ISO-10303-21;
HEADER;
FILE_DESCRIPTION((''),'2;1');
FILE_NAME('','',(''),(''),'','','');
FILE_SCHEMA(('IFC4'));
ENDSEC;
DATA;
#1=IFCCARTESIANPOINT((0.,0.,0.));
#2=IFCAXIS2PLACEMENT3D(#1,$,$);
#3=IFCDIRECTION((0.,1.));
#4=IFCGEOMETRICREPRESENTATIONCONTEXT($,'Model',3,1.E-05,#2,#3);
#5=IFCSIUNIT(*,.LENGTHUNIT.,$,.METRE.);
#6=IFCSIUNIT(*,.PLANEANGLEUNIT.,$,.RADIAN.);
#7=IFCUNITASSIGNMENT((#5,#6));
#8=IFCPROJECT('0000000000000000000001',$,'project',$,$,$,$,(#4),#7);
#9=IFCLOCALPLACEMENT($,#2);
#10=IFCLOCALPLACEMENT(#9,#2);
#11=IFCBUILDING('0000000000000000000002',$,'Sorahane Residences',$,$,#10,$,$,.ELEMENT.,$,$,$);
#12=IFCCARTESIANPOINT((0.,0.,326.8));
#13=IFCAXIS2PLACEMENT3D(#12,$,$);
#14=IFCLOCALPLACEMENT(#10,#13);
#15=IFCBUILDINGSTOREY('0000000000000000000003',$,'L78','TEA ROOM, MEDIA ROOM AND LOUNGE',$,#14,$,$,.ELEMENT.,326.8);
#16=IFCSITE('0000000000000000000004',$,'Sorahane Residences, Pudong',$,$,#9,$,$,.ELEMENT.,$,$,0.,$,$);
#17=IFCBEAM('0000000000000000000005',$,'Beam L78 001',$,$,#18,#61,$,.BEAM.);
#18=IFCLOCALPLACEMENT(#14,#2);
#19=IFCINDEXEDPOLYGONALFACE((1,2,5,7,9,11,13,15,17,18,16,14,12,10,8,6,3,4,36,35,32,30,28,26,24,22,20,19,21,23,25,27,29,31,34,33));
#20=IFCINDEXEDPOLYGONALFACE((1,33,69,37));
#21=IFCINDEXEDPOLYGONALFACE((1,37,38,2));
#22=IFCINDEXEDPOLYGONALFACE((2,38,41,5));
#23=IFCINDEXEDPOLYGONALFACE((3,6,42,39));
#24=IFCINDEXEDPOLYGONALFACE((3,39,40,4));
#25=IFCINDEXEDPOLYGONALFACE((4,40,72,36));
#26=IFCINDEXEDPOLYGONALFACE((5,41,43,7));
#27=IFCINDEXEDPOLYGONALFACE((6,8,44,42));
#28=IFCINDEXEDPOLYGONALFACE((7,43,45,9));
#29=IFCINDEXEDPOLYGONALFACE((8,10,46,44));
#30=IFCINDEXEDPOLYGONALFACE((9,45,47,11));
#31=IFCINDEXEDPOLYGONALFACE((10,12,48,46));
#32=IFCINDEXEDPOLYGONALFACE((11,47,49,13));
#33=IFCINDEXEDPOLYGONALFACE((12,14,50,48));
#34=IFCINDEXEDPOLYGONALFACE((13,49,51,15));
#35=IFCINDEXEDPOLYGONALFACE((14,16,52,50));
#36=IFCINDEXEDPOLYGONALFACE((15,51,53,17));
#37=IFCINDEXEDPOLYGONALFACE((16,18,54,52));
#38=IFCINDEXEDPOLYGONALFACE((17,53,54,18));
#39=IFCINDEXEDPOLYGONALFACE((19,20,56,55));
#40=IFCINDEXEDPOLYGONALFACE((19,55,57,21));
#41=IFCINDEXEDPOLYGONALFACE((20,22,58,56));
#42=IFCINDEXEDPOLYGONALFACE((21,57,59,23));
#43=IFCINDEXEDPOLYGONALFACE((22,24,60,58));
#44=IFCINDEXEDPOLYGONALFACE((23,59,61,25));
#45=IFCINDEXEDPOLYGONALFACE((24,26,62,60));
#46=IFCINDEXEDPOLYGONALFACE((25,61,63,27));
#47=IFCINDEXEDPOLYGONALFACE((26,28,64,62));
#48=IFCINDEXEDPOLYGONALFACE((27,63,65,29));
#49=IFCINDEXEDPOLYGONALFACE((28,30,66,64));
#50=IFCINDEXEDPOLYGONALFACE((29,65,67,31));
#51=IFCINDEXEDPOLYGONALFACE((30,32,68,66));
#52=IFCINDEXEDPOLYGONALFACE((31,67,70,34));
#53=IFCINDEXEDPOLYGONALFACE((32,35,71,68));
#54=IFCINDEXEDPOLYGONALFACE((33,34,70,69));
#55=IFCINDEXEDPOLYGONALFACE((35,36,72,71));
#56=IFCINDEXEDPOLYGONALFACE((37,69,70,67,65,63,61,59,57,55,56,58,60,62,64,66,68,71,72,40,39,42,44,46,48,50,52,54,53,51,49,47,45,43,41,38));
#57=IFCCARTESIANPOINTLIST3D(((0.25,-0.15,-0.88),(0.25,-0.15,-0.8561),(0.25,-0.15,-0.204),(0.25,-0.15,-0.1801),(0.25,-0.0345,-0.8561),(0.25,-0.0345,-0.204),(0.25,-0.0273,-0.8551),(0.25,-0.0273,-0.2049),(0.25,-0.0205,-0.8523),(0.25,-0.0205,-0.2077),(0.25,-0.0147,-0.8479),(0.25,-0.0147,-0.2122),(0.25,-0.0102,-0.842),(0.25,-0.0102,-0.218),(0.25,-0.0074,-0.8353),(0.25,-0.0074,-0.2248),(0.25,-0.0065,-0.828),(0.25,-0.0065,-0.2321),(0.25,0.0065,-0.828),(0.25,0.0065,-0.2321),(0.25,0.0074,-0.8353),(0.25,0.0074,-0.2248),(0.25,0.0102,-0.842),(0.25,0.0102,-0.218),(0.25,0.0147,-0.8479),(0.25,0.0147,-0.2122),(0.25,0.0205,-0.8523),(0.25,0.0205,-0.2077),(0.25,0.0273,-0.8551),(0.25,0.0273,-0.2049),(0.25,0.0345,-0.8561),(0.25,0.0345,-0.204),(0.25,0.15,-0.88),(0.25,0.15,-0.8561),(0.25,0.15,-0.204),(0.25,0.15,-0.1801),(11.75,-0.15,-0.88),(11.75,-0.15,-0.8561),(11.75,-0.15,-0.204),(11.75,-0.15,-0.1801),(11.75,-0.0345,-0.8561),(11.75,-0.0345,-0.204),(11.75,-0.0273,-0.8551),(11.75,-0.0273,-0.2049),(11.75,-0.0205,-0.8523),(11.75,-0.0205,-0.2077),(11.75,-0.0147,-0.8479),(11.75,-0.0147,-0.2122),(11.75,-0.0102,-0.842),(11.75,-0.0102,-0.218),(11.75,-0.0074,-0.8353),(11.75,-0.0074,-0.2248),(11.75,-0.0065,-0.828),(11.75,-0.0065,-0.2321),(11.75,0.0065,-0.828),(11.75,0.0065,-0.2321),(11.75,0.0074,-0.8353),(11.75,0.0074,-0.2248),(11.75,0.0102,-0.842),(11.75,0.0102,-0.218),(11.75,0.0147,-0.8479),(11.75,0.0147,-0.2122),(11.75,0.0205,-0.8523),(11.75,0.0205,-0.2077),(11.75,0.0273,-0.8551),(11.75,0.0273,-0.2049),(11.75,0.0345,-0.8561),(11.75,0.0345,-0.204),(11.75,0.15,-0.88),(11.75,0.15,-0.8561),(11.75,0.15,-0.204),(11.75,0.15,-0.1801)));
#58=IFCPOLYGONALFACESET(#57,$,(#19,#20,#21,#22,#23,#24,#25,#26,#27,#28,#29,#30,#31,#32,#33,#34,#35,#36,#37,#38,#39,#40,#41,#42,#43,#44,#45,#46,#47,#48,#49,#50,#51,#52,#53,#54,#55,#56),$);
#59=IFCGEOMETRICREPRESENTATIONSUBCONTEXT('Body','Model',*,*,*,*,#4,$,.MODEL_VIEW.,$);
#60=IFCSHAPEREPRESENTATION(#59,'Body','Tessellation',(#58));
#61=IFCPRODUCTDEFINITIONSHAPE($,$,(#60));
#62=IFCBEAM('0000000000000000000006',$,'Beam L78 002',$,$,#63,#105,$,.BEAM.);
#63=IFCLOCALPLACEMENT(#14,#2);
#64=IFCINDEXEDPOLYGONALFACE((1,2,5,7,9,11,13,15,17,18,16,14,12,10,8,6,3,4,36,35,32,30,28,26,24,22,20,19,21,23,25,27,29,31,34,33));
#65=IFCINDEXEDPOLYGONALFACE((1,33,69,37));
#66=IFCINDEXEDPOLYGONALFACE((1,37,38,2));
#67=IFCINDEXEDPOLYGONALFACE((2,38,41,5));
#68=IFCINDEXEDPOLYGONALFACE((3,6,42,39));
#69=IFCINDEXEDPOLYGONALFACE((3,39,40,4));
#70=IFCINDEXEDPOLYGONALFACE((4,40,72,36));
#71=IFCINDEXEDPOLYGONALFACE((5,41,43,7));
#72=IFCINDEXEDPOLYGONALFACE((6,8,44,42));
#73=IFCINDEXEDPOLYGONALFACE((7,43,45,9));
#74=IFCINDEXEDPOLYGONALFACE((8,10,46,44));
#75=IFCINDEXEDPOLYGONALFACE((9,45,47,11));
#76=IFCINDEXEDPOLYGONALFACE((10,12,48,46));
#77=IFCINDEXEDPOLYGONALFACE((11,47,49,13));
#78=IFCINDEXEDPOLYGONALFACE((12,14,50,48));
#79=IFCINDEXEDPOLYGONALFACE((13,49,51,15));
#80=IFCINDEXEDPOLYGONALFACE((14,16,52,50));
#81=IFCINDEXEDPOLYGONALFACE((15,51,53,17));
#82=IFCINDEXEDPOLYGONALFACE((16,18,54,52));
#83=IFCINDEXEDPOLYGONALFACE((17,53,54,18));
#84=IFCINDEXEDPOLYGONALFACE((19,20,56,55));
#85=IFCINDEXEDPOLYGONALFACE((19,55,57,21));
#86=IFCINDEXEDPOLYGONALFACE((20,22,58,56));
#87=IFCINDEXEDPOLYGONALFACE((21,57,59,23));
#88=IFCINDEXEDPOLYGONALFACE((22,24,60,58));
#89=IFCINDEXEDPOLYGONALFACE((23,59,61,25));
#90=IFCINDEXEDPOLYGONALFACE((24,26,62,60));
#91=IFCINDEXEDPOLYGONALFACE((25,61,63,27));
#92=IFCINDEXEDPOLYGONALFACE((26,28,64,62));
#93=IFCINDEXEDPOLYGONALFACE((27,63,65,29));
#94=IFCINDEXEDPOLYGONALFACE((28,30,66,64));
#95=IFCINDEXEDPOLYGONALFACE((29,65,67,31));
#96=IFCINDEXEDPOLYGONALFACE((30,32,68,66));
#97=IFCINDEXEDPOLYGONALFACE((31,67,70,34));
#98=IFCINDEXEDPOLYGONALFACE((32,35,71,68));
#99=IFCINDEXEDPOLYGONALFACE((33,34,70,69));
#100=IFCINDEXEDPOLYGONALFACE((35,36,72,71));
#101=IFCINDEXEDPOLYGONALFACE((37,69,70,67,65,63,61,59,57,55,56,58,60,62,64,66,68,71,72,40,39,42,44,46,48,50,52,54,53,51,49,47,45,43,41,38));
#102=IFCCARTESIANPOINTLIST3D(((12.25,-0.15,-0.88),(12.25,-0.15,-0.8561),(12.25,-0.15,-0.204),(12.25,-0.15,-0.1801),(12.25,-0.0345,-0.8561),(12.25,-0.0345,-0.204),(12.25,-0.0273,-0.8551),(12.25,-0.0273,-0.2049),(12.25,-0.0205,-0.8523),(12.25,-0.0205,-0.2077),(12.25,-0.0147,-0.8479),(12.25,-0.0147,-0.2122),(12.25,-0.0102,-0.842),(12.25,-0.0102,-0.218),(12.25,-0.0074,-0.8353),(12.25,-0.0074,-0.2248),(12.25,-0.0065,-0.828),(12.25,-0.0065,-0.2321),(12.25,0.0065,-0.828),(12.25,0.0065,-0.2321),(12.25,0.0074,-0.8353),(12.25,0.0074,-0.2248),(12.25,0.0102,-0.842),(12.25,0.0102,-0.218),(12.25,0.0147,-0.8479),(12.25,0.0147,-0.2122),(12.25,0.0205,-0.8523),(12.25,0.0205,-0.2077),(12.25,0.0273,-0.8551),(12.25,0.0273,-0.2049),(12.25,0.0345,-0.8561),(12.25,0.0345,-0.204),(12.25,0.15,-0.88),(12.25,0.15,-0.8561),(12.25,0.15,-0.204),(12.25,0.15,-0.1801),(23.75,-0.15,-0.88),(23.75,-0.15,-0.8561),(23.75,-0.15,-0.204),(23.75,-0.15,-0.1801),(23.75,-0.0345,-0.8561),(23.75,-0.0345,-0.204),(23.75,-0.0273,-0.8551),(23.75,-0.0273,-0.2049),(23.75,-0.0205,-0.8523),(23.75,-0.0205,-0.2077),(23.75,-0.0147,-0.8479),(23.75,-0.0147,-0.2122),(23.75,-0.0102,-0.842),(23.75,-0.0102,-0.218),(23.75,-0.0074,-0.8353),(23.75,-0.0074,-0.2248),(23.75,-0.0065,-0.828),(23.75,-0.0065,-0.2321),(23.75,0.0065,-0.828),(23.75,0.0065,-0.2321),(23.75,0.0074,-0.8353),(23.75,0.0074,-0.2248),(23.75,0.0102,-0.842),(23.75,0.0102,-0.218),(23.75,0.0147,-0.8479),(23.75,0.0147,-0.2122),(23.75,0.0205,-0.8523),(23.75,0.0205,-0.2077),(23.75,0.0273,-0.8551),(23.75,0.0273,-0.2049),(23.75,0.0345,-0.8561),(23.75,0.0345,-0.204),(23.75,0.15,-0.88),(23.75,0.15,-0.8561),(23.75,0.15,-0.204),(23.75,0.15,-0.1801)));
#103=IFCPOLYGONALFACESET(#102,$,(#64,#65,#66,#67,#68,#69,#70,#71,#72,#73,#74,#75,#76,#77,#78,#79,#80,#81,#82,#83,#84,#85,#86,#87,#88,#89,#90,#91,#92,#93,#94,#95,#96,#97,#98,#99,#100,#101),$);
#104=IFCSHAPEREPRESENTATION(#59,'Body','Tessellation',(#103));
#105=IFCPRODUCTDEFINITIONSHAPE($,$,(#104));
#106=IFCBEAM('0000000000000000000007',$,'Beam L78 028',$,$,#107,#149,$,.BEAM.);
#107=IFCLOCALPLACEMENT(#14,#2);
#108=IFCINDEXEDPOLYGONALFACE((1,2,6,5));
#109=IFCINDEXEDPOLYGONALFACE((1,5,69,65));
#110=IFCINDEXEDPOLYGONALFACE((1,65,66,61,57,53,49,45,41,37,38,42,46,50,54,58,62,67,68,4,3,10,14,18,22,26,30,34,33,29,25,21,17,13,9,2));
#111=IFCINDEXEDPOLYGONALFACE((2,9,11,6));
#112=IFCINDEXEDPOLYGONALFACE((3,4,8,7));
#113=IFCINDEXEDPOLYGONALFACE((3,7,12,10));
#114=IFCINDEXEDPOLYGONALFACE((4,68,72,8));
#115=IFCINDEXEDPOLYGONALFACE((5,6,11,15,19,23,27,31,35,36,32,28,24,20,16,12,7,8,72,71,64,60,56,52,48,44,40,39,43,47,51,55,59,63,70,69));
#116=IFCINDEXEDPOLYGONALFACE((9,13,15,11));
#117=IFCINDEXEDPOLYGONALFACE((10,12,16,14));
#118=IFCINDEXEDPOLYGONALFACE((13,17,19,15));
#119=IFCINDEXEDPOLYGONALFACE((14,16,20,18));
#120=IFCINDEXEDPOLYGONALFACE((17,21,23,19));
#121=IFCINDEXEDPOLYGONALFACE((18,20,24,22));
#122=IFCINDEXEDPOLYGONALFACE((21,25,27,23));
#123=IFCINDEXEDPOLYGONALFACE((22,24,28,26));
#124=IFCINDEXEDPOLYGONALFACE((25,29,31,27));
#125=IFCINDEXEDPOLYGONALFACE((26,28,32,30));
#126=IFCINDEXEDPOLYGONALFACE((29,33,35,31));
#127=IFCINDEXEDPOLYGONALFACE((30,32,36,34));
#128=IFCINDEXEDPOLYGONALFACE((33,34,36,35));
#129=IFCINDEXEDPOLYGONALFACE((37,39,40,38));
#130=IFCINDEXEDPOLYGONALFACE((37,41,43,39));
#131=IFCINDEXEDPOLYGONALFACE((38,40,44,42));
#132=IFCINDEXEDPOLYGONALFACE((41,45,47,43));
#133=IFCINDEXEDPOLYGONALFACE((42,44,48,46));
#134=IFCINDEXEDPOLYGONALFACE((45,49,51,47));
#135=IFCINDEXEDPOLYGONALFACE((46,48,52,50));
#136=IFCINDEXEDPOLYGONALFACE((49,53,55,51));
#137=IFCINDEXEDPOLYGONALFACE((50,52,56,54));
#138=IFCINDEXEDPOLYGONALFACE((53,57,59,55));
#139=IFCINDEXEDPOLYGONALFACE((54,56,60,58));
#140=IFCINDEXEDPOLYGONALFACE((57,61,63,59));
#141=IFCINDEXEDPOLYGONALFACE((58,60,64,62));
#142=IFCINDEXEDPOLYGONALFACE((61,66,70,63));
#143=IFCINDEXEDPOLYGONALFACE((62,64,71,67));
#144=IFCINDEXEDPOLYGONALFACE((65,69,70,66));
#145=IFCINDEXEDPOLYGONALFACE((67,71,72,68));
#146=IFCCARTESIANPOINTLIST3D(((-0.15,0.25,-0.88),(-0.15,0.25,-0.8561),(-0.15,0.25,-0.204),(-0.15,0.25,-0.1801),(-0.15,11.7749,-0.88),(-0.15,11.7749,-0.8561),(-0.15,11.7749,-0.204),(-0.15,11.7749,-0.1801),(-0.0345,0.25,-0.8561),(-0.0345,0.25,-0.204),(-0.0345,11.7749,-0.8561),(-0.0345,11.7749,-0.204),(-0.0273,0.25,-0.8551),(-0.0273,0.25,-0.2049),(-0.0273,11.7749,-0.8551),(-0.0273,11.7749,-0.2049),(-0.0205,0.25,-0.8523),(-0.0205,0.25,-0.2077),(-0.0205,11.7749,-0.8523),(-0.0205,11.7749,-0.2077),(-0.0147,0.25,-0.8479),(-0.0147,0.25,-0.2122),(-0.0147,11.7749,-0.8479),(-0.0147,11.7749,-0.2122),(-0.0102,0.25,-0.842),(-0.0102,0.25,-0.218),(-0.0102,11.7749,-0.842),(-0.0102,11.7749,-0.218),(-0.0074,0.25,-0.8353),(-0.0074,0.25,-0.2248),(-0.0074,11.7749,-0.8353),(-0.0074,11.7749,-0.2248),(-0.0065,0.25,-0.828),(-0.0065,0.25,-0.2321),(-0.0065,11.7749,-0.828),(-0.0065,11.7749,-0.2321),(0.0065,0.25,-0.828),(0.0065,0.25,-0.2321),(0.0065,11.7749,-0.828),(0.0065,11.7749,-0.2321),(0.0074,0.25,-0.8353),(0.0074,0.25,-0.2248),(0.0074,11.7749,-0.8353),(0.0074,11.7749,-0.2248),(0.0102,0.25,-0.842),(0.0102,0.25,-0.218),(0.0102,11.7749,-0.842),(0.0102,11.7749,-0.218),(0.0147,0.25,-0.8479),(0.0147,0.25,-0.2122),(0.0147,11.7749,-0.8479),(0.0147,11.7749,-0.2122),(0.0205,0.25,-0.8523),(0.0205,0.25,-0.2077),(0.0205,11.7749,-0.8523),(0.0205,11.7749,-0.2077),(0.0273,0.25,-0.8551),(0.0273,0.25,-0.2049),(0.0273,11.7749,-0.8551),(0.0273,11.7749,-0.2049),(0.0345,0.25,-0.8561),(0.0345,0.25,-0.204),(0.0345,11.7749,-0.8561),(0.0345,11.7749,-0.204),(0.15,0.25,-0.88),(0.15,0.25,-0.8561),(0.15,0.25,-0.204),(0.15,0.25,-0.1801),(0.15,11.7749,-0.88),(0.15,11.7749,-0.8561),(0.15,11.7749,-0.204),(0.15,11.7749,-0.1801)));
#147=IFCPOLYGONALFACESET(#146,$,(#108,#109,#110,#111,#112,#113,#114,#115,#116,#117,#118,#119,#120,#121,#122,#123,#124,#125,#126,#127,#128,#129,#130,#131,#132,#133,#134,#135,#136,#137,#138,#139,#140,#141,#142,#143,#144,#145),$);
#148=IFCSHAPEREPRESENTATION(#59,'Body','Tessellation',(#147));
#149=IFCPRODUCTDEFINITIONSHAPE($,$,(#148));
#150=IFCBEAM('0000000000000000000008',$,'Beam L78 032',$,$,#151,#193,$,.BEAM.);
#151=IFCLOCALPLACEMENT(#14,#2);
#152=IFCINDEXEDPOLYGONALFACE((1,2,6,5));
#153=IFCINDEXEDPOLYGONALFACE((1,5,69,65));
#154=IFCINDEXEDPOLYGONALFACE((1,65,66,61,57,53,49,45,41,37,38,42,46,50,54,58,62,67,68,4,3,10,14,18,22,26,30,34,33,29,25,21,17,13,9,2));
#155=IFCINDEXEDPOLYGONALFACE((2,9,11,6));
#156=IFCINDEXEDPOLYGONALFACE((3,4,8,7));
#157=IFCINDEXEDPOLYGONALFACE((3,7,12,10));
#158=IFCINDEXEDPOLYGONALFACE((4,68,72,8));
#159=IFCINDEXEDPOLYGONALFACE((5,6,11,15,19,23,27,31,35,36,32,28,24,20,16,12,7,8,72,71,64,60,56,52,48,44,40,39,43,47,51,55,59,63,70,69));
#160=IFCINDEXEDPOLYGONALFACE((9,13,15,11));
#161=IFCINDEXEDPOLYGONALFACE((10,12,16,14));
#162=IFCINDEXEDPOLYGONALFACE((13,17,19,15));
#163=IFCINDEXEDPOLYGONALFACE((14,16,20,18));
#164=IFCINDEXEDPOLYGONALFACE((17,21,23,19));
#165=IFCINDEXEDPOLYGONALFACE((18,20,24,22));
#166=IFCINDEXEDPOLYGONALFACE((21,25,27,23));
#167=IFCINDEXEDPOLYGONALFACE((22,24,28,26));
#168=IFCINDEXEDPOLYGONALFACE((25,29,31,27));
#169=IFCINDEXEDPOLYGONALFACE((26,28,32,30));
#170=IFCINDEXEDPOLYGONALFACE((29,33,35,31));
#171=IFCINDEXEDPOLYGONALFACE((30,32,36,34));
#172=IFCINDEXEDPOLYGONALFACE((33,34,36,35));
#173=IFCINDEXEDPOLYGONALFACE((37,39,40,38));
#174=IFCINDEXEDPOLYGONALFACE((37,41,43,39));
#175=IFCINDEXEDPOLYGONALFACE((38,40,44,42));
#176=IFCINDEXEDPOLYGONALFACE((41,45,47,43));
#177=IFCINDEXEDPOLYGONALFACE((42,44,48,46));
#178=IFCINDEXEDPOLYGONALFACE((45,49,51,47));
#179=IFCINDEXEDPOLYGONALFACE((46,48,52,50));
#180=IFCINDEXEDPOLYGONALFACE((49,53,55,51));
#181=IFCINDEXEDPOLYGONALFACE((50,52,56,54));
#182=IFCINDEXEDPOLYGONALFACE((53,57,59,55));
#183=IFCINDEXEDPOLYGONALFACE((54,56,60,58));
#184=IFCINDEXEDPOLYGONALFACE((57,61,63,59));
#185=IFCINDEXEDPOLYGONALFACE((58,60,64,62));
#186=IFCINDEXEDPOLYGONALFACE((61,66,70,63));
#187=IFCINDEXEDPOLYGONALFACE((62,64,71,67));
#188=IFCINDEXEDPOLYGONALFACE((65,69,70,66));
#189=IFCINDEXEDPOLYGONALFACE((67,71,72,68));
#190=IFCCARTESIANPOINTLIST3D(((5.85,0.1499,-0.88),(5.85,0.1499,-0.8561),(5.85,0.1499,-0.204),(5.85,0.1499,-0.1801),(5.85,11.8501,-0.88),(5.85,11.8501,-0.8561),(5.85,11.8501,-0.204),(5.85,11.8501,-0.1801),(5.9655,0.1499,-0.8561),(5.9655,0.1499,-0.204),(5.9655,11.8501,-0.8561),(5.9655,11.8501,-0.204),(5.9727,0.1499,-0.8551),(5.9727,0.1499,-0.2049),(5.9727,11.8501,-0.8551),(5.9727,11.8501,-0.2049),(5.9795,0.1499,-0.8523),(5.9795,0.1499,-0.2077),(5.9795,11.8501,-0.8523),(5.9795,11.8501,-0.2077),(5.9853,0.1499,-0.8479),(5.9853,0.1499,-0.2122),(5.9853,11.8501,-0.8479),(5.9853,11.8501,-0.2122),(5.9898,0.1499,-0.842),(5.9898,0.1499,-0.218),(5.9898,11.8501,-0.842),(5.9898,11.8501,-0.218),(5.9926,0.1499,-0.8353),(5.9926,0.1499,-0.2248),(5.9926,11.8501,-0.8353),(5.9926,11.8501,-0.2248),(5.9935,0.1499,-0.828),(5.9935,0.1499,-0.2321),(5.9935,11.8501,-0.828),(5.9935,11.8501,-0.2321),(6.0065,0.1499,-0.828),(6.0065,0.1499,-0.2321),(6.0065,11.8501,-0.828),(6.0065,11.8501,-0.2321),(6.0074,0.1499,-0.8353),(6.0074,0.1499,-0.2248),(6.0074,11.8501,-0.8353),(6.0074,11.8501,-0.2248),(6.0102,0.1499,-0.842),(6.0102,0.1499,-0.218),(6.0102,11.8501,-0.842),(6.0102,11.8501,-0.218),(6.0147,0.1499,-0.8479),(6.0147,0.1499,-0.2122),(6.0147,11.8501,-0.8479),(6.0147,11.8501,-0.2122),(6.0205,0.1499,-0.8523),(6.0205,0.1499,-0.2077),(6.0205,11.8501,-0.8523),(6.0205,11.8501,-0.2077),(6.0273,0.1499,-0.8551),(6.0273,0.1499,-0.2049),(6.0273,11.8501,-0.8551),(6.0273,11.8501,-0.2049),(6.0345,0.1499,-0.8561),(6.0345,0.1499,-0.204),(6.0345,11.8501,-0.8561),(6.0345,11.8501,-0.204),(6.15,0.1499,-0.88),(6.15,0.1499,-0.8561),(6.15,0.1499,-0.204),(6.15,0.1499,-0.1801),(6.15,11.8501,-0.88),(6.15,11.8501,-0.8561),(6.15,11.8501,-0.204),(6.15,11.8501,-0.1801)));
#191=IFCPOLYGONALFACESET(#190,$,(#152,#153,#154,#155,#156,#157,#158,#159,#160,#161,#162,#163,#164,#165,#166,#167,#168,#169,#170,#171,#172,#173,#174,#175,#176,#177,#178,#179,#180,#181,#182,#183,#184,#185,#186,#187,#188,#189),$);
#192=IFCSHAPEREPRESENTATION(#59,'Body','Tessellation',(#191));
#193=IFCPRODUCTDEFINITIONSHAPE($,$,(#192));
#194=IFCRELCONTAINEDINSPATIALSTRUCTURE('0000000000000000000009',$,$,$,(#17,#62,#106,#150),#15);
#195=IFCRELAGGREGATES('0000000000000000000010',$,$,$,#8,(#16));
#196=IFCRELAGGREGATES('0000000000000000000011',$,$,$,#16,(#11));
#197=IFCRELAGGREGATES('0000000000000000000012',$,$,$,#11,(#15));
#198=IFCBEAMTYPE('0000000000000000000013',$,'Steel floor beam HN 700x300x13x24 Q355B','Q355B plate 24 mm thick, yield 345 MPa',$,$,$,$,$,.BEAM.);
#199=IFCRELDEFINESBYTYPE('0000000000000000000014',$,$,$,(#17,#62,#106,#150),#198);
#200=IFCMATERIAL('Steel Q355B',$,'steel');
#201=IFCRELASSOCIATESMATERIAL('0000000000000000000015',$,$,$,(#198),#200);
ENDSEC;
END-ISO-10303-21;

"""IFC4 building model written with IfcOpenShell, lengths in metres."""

from ifc_helpers import new_model, si_unit, direction, frame, origin, origin_2d, place, context, subcontext, project, spatial, i_section, extrude, material, material_profile, profile_set, type_object, element, save


model = new_model("IFC4")

# Units and contexts
model_context = context("Model", 3, precision=1e-05, world=origin(), true_north=direction((0.0, 1.0)))
body_context = subcontext(model_context, "Body", "Model", "MODEL_VIEW")
ifc_project = project(units=[si_unit("LENGTHUNIT", "METRE"), si_unit("PLANEANGLEUNIT", "RADIAN")], contexts=[model_context])

# Site, building, storey
site_placement = place(None, origin())
site = spatial("IfcSite", under=ifc_project, at=site_placement, Name="Sorahane Residences, Pudong", CompositionType="ELEMENT", RefElevation=0.0)
building_placement = place(site_placement, origin())
building = spatial("IfcBuilding", under=site, at=building_placement, Name="Sorahane Residences", CompositionType="ELEMENT")
storey_placement = place(building_placement, frame((0.0, 0.0, 326.8)))
storey = spatial("IfcBuildingStorey", under=building, at=storey_placement, Name="L78", Description="TEA ROOM, MEDIA ROOM AND LOUNGE", CompositionType="ELEMENT", Elevation=326.8)

# Beams
ifc_material_1 = material(Name="Steel Q355B", Category="steel")
ifc_material_profile_1 = material_profile(ifc_material_1, i_section(OverallWidth=0.3, OverallDepth=0.7, WebThickness=0.0129, FlangeThickness=0.0239, FilletRadius=0.0281, at=origin_2d()), Name="HN 700x300x13x24")
ifc_profile_set_1 = profile_set([ifc_material_profile_1], Name="Steel Q355B")
beam_type_1 = type_object("IfcBeamType", Name="Steel floor beam HN 700x300x13x24 Q355B", Description="Q355B plate 24 mm thick, yield 345 MPa", PredefinedType="BEAM", material=ifc_profile_set_1)
for number, where, z_axis, x_axis, name in (
    (1, (0.25, 0.0, -0.53), (1.0, 0.0, 0.0), (0.0, 1.0, 0.0), "Beam L78 001"),
    (2, (12.25, 0.0, -0.53), (1.0, 0.0, 0.0), (0.0, 1.0, 0.0), "Beam L78 002"),
):
    element("IfcBeam", number, at=place(storey_placement, frame(where, z_axis=z_axis, x_axis=x_axis)), inside=storey, type_object=beam_type_1, Name=name, PredefinedType="BEAM", context=body_context, shape_type="SweptSolid", body=[
        extrude(i_section(OverallWidth=0.3, OverallDepth=0.7, WebThickness=0.0129, FlangeThickness=0.0239, FilletRadius=0.0281, at=origin_2d()), origin(), (0.0, 0.0, 1.0), 11.5),
    ])
beam_1_placement = place(storey_placement, frame((0.0, 0.25, -0.53), z_axis=(0.0, 1.0, 0.0), x_axis=(-1.0, 0.0, 0.0)))
element("IfcBeam", 3, at=beam_1_placement, inside=storey, type_object=beam_type_1, Name="Beam L78 028", PredefinedType="BEAM", context=body_context, shape_type="SweptSolid", body=[
    extrude(i_section(OverallWidth=0.3, OverallDepth=0.7, WebThickness=0.0129, FlangeThickness=0.0239, FilletRadius=0.0281, at=origin_2d()), origin(), (0.0, 0.0, 1.0), 11.5249),
])
beam_2_placement = place(storey_placement, frame((6.0, 0.1499, -0.53), z_axis=(0.0, 1.0, 0.0), x_axis=(-1.0, 0.0, 0.0)))
element("IfcBeam", 4, at=beam_2_placement, inside=storey, type_object=beam_type_1, Name="Beam L78 032", PredefinedType="BEAM", context=body_context, shape_type="SweptSolid", body=[
    extrude(i_section(OverallWidth=0.3, OverallDepth=0.7, WebThickness=0.0129, FlangeThickness=0.0239, FilletRadius=0.0281, at=origin_2d()), origin(), (0.0, 0.0, 1.0), 11.7002),
])

save(model, "model.ifc")
